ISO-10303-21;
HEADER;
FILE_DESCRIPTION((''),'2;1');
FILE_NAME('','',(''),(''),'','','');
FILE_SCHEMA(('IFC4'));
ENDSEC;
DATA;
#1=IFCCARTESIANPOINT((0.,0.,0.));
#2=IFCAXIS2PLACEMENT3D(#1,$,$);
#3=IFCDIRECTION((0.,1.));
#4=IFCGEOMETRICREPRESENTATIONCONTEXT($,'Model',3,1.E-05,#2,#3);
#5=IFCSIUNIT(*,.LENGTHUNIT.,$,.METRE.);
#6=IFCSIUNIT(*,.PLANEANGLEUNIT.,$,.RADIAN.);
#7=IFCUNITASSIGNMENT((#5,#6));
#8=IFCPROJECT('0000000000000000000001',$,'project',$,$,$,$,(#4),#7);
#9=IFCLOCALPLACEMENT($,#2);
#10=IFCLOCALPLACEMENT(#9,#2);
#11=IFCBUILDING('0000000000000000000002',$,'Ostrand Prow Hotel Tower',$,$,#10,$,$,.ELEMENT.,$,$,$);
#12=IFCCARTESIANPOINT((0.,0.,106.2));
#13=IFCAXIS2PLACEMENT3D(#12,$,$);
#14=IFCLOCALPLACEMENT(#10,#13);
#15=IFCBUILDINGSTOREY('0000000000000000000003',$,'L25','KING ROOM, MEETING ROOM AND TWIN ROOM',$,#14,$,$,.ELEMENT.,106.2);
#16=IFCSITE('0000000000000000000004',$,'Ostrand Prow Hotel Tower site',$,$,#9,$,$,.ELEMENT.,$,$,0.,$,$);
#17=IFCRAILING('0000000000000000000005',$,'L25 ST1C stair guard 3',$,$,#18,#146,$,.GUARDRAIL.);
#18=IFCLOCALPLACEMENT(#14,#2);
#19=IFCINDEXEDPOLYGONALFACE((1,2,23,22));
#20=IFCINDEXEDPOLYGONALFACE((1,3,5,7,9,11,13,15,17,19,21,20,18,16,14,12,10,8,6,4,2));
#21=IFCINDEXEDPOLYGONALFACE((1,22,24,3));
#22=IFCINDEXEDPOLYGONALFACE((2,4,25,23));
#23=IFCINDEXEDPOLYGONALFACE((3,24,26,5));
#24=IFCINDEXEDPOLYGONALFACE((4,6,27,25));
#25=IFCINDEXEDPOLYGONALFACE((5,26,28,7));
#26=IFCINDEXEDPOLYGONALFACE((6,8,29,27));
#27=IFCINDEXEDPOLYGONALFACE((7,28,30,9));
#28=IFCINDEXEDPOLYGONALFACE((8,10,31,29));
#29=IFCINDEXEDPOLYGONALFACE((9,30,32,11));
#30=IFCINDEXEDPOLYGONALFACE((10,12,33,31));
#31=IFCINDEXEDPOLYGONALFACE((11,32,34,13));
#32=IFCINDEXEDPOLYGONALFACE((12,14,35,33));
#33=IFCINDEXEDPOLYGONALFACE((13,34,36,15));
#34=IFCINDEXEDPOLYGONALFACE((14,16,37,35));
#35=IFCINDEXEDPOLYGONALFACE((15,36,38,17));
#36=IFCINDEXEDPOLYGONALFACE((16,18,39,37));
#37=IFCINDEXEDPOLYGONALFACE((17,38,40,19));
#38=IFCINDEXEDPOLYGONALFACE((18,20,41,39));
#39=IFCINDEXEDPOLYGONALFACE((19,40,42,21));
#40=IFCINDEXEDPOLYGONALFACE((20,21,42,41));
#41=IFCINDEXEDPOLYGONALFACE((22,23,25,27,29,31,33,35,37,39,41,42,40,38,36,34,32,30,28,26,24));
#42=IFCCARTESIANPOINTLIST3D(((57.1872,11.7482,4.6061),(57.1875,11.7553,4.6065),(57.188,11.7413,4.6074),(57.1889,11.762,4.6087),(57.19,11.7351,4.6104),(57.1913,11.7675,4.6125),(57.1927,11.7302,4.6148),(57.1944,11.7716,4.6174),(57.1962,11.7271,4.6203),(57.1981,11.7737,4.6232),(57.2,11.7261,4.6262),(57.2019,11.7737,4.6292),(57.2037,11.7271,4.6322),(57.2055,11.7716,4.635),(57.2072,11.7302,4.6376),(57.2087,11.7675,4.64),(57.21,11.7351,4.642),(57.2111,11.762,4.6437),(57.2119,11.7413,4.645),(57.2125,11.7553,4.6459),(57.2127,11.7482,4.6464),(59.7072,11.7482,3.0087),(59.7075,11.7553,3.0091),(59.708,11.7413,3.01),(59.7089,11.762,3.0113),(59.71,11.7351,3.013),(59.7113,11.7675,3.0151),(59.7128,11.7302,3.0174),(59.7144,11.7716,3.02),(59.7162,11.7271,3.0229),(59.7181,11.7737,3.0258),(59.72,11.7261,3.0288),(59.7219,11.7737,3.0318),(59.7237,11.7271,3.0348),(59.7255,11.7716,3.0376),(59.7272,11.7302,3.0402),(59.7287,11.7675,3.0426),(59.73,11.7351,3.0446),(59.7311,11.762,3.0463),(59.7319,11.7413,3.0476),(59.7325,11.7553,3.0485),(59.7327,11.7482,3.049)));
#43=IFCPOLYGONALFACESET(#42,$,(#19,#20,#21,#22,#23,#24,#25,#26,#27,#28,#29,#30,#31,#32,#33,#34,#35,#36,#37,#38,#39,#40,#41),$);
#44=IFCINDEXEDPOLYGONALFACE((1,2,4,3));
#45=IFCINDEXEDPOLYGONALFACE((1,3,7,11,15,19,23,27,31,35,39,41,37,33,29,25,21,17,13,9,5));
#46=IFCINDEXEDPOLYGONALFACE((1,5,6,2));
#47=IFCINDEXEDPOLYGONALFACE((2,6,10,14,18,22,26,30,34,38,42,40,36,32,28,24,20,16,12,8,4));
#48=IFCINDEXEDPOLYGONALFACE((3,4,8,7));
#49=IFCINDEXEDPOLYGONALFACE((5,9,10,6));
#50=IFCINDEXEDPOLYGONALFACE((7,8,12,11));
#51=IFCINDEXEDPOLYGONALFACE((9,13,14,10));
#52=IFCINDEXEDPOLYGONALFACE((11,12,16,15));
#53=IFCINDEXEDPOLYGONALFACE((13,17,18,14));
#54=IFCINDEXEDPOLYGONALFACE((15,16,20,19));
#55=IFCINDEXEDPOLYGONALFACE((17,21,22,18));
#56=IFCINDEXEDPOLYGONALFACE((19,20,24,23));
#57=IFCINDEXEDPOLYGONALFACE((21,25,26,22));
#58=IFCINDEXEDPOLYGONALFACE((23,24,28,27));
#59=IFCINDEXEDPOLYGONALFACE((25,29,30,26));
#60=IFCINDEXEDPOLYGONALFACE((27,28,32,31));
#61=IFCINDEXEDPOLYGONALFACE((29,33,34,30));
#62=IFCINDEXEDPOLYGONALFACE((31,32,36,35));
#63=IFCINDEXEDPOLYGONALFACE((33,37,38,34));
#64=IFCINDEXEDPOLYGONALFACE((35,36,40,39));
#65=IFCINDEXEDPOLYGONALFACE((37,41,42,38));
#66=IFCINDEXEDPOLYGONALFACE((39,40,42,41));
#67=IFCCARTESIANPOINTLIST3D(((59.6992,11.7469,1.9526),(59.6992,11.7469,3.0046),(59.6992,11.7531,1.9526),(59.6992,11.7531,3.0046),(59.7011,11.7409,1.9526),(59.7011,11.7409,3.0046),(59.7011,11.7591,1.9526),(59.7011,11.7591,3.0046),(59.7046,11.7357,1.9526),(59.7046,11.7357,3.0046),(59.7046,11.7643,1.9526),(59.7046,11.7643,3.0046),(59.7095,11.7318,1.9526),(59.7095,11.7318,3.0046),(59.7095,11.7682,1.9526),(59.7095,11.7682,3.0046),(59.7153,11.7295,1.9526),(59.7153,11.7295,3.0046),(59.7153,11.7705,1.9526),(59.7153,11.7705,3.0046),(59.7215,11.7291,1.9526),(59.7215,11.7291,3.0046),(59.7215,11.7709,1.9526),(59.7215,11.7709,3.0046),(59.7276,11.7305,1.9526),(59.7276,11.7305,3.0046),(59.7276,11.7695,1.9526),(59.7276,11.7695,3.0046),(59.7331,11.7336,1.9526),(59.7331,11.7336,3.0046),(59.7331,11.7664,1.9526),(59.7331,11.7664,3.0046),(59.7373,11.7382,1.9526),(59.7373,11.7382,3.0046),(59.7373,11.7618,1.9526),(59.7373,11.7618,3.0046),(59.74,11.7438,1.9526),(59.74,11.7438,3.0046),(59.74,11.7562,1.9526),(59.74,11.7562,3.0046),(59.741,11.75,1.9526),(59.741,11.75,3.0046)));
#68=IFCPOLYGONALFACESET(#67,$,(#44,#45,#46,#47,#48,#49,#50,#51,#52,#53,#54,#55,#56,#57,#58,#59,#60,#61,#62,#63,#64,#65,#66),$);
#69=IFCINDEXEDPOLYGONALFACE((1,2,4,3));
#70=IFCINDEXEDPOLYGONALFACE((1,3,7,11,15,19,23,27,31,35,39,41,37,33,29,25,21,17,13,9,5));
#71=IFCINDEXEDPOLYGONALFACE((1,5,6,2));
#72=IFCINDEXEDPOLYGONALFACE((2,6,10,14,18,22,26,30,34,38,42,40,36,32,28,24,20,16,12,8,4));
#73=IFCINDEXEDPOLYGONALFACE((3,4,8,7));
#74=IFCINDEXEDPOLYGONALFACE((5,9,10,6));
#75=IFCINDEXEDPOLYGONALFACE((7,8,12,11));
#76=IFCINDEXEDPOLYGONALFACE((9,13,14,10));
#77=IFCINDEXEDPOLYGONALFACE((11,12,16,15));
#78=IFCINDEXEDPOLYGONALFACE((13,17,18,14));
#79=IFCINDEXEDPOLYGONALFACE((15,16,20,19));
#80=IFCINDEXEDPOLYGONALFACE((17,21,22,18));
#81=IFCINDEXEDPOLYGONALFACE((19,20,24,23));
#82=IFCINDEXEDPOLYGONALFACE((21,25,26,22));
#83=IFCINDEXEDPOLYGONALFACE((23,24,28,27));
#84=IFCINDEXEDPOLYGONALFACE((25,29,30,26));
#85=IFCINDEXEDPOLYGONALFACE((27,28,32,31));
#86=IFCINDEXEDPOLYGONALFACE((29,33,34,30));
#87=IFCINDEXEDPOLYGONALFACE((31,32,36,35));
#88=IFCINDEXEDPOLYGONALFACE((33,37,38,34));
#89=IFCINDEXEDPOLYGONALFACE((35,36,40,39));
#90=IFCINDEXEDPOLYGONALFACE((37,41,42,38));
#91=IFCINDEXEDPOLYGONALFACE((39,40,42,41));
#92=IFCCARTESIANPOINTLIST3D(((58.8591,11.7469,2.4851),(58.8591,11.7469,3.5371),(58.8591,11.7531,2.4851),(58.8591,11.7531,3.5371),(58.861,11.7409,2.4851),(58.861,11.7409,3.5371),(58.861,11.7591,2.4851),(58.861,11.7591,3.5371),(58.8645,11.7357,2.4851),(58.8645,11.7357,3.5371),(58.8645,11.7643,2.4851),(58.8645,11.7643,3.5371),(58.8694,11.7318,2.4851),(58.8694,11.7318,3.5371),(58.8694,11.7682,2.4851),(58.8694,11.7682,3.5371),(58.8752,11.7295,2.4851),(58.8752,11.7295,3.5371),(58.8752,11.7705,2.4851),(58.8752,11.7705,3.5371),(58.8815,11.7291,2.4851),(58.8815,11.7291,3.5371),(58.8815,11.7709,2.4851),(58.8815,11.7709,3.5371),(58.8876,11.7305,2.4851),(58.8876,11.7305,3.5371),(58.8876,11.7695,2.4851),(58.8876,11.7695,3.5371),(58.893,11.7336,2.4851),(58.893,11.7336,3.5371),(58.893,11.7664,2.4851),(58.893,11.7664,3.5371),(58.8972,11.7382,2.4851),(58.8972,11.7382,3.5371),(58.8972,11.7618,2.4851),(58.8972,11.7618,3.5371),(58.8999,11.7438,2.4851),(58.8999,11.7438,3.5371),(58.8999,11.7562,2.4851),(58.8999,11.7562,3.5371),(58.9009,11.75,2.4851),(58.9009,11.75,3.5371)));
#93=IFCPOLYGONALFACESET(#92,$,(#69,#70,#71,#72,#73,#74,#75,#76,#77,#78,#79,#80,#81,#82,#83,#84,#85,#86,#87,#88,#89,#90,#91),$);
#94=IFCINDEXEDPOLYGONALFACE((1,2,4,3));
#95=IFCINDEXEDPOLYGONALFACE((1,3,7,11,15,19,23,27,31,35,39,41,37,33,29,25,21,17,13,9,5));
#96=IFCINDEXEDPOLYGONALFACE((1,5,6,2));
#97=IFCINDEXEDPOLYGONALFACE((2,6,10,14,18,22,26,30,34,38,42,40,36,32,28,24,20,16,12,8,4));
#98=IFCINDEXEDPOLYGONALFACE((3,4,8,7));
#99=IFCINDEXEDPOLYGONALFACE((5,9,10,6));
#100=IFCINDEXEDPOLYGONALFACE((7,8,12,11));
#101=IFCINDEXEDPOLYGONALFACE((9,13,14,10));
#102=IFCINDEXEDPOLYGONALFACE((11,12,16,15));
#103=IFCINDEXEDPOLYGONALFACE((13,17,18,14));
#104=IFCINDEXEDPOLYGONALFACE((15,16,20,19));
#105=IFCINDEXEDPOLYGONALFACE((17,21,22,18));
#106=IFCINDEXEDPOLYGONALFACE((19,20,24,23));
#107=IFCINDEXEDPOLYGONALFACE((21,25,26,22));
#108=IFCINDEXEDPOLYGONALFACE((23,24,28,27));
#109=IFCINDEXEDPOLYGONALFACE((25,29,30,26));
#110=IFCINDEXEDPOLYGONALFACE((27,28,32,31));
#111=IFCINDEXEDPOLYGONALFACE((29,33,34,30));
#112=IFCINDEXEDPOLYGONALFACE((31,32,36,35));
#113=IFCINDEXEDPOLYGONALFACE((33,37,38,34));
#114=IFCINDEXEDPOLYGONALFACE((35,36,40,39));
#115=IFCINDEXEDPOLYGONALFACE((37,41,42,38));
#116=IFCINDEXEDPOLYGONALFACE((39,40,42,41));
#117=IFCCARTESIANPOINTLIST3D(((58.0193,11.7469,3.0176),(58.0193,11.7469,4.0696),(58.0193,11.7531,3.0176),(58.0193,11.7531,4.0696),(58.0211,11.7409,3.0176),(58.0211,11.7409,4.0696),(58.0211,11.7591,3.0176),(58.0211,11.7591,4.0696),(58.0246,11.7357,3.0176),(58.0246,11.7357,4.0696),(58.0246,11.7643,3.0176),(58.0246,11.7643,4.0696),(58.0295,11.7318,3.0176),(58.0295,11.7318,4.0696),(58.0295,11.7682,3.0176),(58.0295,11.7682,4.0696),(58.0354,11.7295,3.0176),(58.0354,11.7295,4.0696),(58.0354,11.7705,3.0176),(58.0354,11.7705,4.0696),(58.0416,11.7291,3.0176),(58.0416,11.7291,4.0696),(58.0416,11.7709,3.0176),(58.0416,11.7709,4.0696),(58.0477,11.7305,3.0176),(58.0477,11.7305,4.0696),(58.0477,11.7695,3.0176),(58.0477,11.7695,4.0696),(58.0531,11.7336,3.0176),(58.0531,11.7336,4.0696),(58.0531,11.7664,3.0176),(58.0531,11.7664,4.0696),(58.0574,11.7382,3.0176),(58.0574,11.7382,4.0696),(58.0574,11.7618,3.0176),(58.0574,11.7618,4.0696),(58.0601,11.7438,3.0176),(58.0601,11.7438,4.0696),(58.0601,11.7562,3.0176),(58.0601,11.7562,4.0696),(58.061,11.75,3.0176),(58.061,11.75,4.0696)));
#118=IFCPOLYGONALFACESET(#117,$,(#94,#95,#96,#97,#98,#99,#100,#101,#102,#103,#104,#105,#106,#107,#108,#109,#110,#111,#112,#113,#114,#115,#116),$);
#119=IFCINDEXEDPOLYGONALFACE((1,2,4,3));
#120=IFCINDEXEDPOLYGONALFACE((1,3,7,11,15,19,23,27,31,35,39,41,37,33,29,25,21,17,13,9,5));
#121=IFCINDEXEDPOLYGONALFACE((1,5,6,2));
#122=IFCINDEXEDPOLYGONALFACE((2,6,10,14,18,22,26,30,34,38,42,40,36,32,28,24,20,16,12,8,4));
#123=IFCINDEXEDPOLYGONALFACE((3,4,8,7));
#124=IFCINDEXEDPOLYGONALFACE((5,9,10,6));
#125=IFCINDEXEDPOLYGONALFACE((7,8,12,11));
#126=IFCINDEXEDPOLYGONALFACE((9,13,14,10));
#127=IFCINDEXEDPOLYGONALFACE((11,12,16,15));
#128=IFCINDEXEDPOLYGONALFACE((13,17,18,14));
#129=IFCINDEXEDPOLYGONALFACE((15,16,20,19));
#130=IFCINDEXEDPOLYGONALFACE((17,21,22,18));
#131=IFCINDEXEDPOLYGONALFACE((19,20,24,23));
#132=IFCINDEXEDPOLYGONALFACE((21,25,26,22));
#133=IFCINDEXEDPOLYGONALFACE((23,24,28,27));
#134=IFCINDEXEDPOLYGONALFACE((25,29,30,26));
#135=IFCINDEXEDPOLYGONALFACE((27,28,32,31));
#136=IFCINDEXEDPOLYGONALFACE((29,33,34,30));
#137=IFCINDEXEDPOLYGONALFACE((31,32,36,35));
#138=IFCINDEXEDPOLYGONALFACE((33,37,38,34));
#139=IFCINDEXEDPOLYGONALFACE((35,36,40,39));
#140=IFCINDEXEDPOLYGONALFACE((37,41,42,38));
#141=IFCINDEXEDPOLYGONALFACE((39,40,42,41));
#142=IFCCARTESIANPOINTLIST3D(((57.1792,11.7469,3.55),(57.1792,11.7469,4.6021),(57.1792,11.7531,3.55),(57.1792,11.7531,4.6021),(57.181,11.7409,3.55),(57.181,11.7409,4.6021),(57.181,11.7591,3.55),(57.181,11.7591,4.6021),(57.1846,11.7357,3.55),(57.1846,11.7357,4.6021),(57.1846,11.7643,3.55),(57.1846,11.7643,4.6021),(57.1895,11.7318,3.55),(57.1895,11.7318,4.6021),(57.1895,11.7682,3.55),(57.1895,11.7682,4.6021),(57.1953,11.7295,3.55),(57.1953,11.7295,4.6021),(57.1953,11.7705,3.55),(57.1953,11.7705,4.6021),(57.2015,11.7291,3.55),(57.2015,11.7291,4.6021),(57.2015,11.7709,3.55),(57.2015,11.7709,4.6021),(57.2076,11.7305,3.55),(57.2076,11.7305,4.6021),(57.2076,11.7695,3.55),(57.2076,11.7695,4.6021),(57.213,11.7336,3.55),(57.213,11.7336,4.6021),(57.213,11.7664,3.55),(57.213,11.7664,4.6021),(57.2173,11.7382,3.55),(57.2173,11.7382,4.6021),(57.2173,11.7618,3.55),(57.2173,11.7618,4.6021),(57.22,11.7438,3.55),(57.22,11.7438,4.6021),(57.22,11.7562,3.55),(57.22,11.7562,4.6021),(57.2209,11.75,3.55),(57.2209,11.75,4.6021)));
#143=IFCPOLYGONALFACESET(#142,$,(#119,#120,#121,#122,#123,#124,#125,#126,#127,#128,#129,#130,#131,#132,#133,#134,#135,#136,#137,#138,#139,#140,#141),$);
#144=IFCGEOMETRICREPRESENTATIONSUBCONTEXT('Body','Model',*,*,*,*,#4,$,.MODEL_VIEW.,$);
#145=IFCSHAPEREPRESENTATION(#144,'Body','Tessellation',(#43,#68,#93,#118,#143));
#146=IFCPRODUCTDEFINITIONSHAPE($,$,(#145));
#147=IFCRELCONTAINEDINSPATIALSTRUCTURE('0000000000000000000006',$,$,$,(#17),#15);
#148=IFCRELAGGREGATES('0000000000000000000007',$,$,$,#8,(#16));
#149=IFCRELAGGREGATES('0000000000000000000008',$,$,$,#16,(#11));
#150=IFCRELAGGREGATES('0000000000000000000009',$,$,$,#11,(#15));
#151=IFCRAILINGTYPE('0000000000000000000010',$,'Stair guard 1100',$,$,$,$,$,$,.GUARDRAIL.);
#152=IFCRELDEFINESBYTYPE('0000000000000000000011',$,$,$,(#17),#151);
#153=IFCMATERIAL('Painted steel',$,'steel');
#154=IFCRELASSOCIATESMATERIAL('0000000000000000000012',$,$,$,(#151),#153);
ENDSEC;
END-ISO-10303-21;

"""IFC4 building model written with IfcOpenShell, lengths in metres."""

from ifc_helpers import new_model, si_unit, direction, frame, origin, origin_2d, place, context, subcontext, project, spatial, circle, extrude, material, type_object, element, save


model = new_model("IFC4")

# Units and contexts
model_context = context("Model", 3, precision=1e-05, world=origin(), true_north=direction((0.0, 1.0)))
body_context = subcontext(model_context, "Body", "Model", "MODEL_VIEW")
ifc_project = project(units=[si_unit("LENGTHUNIT", "METRE"), si_unit("PLANEANGLEUNIT", "RADIAN")], contexts=[model_context])

# Site, building, storey
site_placement = place(None, origin())
site = spatial("IfcSite", under=ifc_project, at=site_placement, Name="Ostrand Prow Hotel Tower site", CompositionType="ELEMENT", RefElevation=0.0)
building_placement = place(site_placement, origin())
building = spatial("IfcBuilding", under=site, at=building_placement, Name="Ostrand Prow Hotel Tower", CompositionType="ELEMENT")
storey_placement = place(building_placement, frame((0.0, 0.0, 106.2)))
storey = spatial("IfcBuildingStorey", under=building, at=storey_placement, Name="L25", Description="KING ROOM, MEETING ROOM AND TWIN ROOM", CompositionType="ELEMENT", Elevation=106.2)

# Railing
ifc_material_1 = material(Name="Painted steel", Category="steel")
railing_type_1 = type_object("IfcRailingType", Name="Stair guard 1100", PredefinedType="GUARDRAIL", material=ifc_material_1)
railing_1_placement = place(storey_placement, frame((59.72, 11.75, 1.9526)))
element("IfcRailing", 1, at=railing_1_placement, inside=storey, type_object=railing_type_1, Name="L25 ST1C stair guard 3", PredefinedType="GUARDRAIL", context=body_context, shape_type="SweptSolid", body=[
    extrude(circle(Radius=0.0239, at=origin_2d()), frame((0.0, 0.0, 1.0762), z_axis=(-0.844607, 0.0, 0.535387), x_axis=(0.0, -1.0, 0.0)), (0.0, 0.0, 1.0), 2.9836),
    extrude(circle(Radius=0.021, at=origin_2d()), origin(), (0.0, 0.0, 1.0), 1.052),
    extrude(circle(Radius=0.021, at=origin_2d()), frame((-0.8401, 0.0, 0.5325)), (0.0, 0.0, 1.0), 1.052),
    extrude(circle(Radius=0.021, at=origin_2d()), frame((-1.6799, 0.0, 1.0649)), (0.0, 0.0, 1.0), 1.052),
    extrude(circle(Radius=0.021, at=origin_2d()), frame((-2.52, 0.0, 1.5974)), (0.0, 0.0, 1.0), 1.052),
])

save(model, "model.ifc")
